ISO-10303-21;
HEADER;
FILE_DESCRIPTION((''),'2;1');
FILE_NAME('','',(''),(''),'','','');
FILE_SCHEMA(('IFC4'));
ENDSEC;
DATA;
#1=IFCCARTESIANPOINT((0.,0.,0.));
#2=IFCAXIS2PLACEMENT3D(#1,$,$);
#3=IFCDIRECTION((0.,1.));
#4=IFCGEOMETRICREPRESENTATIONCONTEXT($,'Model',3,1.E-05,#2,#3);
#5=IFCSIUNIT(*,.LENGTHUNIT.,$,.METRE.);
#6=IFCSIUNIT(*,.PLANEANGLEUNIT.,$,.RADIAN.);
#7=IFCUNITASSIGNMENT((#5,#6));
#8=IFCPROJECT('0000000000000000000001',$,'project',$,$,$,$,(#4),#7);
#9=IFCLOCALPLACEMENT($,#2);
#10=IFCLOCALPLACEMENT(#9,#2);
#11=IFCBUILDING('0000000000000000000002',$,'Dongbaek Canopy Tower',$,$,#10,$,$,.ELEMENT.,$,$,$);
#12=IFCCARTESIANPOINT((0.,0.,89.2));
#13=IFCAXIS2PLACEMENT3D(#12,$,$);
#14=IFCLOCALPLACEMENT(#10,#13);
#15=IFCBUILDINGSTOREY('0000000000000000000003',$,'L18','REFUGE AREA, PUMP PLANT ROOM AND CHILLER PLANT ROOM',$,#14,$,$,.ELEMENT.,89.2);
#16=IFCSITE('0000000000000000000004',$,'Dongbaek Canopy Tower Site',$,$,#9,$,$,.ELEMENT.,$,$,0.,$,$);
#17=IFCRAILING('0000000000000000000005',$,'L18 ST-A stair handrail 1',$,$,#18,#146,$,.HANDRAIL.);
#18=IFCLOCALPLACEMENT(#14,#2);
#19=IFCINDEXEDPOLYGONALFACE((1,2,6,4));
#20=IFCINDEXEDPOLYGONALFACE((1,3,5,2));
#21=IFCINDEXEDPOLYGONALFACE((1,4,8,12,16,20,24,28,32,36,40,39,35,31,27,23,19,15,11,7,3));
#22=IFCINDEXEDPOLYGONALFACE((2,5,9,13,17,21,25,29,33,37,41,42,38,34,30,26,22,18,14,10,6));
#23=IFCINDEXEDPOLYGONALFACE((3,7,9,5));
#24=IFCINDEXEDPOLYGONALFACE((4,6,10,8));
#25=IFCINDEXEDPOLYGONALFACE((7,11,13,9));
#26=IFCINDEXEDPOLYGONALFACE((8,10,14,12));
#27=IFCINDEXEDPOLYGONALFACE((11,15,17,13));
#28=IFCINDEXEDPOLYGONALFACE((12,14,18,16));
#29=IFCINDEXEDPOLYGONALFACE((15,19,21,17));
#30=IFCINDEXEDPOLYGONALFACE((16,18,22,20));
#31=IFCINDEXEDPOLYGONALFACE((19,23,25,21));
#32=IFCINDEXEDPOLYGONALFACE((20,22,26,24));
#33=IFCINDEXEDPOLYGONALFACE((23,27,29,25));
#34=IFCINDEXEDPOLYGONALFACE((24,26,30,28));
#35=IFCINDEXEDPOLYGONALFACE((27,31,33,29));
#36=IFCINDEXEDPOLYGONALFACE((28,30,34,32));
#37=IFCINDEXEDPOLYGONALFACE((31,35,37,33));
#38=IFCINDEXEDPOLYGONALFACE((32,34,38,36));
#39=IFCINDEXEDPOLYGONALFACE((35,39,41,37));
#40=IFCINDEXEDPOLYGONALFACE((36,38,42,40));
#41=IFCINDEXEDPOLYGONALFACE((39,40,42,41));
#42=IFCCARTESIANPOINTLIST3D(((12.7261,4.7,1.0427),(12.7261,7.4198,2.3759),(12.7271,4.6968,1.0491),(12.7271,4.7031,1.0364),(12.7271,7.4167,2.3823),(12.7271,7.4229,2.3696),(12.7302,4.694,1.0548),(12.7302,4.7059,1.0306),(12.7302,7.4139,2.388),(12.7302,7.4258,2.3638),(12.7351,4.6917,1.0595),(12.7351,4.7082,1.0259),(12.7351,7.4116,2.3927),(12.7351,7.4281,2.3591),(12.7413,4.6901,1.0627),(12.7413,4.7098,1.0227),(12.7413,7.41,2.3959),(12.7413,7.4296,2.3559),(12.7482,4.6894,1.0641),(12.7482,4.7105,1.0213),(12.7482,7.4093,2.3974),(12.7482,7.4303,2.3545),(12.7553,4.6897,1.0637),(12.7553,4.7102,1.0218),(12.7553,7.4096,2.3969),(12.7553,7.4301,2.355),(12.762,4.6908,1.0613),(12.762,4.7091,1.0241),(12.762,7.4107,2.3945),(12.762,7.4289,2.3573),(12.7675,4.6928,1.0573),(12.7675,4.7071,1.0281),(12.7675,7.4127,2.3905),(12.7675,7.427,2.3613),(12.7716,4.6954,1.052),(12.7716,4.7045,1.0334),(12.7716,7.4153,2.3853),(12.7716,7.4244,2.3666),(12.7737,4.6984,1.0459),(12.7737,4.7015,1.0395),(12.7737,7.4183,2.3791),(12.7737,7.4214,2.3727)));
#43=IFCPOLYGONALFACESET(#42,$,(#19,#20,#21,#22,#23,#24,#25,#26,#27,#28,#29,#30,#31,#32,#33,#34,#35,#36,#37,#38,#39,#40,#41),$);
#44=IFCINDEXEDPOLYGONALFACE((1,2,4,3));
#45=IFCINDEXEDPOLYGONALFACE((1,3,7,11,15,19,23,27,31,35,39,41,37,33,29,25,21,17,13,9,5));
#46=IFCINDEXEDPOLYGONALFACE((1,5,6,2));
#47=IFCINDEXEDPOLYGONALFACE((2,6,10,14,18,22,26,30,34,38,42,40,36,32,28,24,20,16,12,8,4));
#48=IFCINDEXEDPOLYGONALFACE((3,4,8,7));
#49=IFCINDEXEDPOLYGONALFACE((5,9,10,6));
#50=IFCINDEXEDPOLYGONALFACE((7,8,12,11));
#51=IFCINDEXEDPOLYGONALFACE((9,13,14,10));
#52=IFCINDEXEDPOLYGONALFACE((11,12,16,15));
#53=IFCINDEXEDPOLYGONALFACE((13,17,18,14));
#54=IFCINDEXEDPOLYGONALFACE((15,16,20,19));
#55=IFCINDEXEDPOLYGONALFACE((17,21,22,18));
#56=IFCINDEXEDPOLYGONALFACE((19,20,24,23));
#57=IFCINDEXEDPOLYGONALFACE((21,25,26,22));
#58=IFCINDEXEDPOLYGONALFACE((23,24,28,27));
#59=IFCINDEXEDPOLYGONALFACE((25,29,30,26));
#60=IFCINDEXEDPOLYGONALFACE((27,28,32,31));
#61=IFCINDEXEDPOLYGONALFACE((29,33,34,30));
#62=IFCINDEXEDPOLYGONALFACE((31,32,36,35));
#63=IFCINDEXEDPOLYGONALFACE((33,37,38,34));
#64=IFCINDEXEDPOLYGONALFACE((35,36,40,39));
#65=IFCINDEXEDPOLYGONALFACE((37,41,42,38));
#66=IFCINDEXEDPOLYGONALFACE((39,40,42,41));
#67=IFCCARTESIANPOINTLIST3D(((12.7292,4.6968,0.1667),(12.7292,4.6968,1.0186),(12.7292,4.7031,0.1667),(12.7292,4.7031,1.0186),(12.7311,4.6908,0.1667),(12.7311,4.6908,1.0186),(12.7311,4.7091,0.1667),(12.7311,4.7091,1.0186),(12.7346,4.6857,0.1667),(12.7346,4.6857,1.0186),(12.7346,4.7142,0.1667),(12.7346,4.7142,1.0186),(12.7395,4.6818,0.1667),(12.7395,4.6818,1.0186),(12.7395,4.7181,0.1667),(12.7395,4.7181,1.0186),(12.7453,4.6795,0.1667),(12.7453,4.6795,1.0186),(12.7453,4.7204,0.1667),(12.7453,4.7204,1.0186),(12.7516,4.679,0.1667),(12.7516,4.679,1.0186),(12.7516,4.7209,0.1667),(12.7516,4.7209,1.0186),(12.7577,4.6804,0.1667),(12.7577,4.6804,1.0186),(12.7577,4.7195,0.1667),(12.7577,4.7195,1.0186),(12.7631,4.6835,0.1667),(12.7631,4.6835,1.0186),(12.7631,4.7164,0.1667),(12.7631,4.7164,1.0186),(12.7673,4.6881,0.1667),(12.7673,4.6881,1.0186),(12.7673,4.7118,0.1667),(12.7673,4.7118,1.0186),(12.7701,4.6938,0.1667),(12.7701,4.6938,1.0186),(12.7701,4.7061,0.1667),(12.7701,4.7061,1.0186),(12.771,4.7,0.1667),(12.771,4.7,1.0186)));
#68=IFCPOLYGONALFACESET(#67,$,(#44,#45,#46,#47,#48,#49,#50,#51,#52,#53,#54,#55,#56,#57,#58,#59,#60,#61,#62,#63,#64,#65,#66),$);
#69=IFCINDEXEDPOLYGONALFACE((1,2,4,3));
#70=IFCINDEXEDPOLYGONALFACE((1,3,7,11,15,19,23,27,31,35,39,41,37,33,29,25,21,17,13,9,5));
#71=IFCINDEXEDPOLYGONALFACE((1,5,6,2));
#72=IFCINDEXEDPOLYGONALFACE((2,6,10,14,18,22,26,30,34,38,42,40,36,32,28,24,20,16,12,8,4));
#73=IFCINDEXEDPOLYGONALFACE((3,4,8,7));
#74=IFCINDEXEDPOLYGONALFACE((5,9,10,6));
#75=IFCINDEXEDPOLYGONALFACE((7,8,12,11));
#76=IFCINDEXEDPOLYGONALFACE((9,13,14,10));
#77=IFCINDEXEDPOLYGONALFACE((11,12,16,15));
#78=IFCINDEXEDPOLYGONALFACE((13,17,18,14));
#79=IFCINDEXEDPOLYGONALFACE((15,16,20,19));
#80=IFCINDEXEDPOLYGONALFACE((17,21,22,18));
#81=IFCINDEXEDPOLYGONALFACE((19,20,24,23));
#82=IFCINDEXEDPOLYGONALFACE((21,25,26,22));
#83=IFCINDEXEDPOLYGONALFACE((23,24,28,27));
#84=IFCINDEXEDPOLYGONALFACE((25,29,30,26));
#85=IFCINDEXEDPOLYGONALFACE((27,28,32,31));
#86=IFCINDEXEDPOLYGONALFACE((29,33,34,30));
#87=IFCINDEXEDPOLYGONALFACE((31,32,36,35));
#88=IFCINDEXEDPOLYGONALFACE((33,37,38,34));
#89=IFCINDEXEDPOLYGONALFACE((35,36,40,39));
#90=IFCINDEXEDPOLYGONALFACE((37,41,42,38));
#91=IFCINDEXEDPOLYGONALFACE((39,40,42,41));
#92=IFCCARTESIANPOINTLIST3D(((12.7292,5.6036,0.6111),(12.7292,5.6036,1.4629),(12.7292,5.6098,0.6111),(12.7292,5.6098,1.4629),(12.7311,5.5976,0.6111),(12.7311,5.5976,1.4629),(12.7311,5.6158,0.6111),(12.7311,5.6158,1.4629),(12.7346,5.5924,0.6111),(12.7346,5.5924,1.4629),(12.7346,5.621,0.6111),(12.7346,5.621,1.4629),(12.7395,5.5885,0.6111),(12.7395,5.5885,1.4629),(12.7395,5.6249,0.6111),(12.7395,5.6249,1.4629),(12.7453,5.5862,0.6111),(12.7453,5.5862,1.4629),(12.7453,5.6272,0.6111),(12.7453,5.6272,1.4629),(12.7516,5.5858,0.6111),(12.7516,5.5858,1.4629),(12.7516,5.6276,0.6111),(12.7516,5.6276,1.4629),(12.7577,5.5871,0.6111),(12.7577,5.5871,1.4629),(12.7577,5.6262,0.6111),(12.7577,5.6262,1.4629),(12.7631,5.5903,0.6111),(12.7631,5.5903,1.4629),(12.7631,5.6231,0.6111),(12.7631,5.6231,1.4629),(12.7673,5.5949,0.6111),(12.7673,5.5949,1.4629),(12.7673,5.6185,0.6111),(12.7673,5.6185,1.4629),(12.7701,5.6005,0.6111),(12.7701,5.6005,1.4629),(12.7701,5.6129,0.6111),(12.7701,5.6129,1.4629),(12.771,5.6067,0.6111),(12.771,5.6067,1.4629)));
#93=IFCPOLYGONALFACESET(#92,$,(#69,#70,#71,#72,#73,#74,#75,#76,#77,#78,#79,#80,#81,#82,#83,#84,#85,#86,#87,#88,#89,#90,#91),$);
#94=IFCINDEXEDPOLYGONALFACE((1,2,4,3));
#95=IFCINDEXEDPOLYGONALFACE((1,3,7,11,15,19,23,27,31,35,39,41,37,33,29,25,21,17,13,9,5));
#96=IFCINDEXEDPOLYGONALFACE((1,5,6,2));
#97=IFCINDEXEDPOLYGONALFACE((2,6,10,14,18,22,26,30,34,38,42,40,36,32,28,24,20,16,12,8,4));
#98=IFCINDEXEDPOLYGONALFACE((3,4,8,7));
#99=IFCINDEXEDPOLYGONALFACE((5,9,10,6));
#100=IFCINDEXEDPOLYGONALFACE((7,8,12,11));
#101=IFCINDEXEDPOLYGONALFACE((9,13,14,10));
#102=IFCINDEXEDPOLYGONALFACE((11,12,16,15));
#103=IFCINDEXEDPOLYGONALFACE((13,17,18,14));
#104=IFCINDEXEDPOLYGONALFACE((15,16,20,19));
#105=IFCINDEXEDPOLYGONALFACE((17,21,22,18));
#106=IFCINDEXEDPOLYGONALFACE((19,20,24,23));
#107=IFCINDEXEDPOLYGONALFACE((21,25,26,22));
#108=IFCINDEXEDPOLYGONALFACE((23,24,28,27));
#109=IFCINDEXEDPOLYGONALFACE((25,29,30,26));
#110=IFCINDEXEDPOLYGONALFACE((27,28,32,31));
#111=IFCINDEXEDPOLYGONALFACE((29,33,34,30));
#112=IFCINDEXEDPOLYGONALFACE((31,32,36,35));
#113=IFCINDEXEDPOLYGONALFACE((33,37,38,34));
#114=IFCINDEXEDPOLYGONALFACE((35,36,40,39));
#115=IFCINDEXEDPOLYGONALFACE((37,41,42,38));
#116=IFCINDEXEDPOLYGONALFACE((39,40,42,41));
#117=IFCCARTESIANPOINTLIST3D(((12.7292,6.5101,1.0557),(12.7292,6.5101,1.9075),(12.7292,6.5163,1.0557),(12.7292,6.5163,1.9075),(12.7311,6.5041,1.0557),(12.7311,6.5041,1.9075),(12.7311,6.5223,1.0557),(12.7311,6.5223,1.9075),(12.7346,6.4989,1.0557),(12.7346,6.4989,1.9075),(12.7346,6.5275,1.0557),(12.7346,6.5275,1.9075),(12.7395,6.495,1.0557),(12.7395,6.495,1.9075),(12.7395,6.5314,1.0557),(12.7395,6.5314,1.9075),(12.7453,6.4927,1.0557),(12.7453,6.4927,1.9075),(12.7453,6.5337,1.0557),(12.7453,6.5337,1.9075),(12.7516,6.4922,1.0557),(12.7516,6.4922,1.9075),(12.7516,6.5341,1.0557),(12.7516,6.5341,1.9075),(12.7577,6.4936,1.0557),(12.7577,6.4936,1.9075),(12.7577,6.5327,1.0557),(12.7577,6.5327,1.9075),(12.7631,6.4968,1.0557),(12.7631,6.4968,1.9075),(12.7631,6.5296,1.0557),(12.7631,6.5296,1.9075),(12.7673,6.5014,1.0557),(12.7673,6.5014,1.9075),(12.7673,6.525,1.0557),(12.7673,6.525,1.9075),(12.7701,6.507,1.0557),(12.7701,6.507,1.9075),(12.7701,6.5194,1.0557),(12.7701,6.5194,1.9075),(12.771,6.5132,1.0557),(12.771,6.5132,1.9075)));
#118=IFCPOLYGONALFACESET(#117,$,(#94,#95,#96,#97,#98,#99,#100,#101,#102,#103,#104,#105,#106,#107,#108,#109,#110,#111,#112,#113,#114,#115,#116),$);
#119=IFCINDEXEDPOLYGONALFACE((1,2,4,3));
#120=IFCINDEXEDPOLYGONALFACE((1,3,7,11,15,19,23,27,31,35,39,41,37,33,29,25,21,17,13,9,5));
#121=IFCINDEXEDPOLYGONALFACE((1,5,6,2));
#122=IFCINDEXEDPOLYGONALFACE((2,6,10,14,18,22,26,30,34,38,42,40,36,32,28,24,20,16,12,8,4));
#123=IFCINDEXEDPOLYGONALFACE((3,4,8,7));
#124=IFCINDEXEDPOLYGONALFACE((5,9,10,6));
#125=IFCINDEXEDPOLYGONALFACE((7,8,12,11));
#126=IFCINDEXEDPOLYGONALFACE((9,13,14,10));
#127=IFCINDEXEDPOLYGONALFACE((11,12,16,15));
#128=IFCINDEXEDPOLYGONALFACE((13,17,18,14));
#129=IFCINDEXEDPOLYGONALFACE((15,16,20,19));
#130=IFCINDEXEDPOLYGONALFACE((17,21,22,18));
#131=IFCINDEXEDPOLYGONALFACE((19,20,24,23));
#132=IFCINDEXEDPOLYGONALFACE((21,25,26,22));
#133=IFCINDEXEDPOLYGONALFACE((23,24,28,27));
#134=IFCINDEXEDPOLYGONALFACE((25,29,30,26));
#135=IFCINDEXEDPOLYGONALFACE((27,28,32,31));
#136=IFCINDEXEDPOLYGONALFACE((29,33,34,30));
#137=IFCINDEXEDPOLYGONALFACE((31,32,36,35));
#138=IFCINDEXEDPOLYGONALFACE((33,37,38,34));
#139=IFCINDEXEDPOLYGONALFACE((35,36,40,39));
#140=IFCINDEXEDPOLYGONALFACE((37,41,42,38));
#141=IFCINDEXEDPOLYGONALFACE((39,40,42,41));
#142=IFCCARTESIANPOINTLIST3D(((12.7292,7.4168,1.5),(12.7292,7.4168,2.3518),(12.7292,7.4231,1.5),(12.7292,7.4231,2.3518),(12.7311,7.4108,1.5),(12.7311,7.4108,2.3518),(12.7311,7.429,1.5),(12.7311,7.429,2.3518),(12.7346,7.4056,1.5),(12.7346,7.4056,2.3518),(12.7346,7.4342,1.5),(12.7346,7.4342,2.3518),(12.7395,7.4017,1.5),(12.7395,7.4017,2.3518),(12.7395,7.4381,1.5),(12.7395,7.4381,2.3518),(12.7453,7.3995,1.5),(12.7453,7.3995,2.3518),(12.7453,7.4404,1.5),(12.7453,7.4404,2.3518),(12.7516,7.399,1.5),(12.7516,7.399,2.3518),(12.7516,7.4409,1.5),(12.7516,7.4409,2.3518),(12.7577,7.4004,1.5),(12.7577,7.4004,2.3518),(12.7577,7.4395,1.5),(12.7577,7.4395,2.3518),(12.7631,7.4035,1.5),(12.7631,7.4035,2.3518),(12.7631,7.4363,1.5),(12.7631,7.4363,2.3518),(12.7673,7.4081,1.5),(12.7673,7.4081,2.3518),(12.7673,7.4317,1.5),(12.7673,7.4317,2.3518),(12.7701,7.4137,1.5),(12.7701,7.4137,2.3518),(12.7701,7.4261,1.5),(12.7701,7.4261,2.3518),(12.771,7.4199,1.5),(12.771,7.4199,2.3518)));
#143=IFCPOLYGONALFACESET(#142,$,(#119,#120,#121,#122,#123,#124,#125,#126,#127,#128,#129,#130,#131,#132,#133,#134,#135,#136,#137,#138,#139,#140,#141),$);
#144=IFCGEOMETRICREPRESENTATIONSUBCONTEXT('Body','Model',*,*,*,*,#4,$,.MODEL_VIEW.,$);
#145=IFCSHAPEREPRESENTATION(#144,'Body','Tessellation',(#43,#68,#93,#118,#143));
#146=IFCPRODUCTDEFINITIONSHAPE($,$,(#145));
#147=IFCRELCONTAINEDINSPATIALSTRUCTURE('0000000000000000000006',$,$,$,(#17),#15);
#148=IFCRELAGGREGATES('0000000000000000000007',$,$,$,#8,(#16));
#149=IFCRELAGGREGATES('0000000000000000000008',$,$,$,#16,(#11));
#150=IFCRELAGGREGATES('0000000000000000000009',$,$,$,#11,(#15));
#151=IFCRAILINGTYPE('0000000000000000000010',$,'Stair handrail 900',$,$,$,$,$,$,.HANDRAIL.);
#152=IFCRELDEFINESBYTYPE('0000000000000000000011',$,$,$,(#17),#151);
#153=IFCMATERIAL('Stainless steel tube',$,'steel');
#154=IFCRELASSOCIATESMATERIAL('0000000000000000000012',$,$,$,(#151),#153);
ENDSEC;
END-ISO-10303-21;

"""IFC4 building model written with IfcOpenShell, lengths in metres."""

from ifc_helpers import new_model, si_unit, direction, frame, origin, origin_2d, place, context, subcontext, project, spatial, circle, extrude, material, type_object, element, save


model = new_model("IFC4")

# Units and contexts
model_context = context("Model", 3, precision=1e-05, world=origin(), true_north=direction((0.0, 1.0)))
body_context = subcontext(model_context, "Body", "Model", "MODEL_VIEW")
ifc_project = project(units=[si_unit("LENGTHUNIT", "METRE"), si_unit("PLANEANGLEUNIT", "RADIAN")], contexts=[model_context])

# Site, building, storey
site_placement = place(None, origin())
site = spatial("IfcSite", under=ifc_project, at=site_placement, Name="Dongbaek Canopy Tower Site", CompositionType="ELEMENT", RefElevation=0.0)
building_placement = place(site_placement, origin())
building = spatial("IfcBuilding", under=site, at=building_placement, Name="Dongbaek Canopy Tower", CompositionType="ELEMENT")
storey_placement = place(building_placement, frame((0.0, 0.0, 89.2)))
storey = spatial("IfcBuildingStorey", under=building, at=storey_placement, Name="L18", Description="REFUGE AREA, PUMP PLANT ROOM AND CHILLER PLANT ROOM", CompositionType="ELEMENT", Elevation=89.2)

# Railing
ifc_material_1 = material(Name="Stainless steel tube", Category="steel")
railing_type_1 = type_object("IfcRailingType", Name="Stair handrail 900", PredefinedType="HANDRAIL", material=ifc_material_1)
for number, where, name in (
    (1, (12.75, 4.7, 0.1667), "L18 ST-A stair handrail 1"),
):
    element("IfcRailing", number, at=place(storey_placement, frame(where)), inside=storey, type_object=railing_type_1, Name=name, PredefinedType="HANDRAIL", context=body_context, shape_type="SweptSolid", body=[
        extrude(circle(Radius=0.0239, at=origin_2d()), frame((0.0, 0.0, 0.876), z_axis=(0.0, 0.897929, 0.440139), x_axis=(-1.0, 0.0, 0.0)), (0.0, 0.0, 1.0), 3.0291),
        extrude(circle(Radius=0.021, at=origin_2d()), origin(), (0.0, 0.0, 1.0), 0.8518),
        extrude(circle(Radius=0.021, at=origin_2d()), frame((0.0, 0.9067, 0.4443)), (0.0, 0.0, 1.0), 0.8518),
        extrude(circle(Radius=0.021, at=origin_2d()), frame((0.0, 1.8132, 0.8889)), (0.0, 0.0, 1.0), 0.8518),
        extrude(circle(Radius=0.021, at=origin_2d()), frame((0.0, 2.72, 1.3333)), (0.0, 0.0, 1.0), 0.8518),
    ])

save(model, "model.ifc")
